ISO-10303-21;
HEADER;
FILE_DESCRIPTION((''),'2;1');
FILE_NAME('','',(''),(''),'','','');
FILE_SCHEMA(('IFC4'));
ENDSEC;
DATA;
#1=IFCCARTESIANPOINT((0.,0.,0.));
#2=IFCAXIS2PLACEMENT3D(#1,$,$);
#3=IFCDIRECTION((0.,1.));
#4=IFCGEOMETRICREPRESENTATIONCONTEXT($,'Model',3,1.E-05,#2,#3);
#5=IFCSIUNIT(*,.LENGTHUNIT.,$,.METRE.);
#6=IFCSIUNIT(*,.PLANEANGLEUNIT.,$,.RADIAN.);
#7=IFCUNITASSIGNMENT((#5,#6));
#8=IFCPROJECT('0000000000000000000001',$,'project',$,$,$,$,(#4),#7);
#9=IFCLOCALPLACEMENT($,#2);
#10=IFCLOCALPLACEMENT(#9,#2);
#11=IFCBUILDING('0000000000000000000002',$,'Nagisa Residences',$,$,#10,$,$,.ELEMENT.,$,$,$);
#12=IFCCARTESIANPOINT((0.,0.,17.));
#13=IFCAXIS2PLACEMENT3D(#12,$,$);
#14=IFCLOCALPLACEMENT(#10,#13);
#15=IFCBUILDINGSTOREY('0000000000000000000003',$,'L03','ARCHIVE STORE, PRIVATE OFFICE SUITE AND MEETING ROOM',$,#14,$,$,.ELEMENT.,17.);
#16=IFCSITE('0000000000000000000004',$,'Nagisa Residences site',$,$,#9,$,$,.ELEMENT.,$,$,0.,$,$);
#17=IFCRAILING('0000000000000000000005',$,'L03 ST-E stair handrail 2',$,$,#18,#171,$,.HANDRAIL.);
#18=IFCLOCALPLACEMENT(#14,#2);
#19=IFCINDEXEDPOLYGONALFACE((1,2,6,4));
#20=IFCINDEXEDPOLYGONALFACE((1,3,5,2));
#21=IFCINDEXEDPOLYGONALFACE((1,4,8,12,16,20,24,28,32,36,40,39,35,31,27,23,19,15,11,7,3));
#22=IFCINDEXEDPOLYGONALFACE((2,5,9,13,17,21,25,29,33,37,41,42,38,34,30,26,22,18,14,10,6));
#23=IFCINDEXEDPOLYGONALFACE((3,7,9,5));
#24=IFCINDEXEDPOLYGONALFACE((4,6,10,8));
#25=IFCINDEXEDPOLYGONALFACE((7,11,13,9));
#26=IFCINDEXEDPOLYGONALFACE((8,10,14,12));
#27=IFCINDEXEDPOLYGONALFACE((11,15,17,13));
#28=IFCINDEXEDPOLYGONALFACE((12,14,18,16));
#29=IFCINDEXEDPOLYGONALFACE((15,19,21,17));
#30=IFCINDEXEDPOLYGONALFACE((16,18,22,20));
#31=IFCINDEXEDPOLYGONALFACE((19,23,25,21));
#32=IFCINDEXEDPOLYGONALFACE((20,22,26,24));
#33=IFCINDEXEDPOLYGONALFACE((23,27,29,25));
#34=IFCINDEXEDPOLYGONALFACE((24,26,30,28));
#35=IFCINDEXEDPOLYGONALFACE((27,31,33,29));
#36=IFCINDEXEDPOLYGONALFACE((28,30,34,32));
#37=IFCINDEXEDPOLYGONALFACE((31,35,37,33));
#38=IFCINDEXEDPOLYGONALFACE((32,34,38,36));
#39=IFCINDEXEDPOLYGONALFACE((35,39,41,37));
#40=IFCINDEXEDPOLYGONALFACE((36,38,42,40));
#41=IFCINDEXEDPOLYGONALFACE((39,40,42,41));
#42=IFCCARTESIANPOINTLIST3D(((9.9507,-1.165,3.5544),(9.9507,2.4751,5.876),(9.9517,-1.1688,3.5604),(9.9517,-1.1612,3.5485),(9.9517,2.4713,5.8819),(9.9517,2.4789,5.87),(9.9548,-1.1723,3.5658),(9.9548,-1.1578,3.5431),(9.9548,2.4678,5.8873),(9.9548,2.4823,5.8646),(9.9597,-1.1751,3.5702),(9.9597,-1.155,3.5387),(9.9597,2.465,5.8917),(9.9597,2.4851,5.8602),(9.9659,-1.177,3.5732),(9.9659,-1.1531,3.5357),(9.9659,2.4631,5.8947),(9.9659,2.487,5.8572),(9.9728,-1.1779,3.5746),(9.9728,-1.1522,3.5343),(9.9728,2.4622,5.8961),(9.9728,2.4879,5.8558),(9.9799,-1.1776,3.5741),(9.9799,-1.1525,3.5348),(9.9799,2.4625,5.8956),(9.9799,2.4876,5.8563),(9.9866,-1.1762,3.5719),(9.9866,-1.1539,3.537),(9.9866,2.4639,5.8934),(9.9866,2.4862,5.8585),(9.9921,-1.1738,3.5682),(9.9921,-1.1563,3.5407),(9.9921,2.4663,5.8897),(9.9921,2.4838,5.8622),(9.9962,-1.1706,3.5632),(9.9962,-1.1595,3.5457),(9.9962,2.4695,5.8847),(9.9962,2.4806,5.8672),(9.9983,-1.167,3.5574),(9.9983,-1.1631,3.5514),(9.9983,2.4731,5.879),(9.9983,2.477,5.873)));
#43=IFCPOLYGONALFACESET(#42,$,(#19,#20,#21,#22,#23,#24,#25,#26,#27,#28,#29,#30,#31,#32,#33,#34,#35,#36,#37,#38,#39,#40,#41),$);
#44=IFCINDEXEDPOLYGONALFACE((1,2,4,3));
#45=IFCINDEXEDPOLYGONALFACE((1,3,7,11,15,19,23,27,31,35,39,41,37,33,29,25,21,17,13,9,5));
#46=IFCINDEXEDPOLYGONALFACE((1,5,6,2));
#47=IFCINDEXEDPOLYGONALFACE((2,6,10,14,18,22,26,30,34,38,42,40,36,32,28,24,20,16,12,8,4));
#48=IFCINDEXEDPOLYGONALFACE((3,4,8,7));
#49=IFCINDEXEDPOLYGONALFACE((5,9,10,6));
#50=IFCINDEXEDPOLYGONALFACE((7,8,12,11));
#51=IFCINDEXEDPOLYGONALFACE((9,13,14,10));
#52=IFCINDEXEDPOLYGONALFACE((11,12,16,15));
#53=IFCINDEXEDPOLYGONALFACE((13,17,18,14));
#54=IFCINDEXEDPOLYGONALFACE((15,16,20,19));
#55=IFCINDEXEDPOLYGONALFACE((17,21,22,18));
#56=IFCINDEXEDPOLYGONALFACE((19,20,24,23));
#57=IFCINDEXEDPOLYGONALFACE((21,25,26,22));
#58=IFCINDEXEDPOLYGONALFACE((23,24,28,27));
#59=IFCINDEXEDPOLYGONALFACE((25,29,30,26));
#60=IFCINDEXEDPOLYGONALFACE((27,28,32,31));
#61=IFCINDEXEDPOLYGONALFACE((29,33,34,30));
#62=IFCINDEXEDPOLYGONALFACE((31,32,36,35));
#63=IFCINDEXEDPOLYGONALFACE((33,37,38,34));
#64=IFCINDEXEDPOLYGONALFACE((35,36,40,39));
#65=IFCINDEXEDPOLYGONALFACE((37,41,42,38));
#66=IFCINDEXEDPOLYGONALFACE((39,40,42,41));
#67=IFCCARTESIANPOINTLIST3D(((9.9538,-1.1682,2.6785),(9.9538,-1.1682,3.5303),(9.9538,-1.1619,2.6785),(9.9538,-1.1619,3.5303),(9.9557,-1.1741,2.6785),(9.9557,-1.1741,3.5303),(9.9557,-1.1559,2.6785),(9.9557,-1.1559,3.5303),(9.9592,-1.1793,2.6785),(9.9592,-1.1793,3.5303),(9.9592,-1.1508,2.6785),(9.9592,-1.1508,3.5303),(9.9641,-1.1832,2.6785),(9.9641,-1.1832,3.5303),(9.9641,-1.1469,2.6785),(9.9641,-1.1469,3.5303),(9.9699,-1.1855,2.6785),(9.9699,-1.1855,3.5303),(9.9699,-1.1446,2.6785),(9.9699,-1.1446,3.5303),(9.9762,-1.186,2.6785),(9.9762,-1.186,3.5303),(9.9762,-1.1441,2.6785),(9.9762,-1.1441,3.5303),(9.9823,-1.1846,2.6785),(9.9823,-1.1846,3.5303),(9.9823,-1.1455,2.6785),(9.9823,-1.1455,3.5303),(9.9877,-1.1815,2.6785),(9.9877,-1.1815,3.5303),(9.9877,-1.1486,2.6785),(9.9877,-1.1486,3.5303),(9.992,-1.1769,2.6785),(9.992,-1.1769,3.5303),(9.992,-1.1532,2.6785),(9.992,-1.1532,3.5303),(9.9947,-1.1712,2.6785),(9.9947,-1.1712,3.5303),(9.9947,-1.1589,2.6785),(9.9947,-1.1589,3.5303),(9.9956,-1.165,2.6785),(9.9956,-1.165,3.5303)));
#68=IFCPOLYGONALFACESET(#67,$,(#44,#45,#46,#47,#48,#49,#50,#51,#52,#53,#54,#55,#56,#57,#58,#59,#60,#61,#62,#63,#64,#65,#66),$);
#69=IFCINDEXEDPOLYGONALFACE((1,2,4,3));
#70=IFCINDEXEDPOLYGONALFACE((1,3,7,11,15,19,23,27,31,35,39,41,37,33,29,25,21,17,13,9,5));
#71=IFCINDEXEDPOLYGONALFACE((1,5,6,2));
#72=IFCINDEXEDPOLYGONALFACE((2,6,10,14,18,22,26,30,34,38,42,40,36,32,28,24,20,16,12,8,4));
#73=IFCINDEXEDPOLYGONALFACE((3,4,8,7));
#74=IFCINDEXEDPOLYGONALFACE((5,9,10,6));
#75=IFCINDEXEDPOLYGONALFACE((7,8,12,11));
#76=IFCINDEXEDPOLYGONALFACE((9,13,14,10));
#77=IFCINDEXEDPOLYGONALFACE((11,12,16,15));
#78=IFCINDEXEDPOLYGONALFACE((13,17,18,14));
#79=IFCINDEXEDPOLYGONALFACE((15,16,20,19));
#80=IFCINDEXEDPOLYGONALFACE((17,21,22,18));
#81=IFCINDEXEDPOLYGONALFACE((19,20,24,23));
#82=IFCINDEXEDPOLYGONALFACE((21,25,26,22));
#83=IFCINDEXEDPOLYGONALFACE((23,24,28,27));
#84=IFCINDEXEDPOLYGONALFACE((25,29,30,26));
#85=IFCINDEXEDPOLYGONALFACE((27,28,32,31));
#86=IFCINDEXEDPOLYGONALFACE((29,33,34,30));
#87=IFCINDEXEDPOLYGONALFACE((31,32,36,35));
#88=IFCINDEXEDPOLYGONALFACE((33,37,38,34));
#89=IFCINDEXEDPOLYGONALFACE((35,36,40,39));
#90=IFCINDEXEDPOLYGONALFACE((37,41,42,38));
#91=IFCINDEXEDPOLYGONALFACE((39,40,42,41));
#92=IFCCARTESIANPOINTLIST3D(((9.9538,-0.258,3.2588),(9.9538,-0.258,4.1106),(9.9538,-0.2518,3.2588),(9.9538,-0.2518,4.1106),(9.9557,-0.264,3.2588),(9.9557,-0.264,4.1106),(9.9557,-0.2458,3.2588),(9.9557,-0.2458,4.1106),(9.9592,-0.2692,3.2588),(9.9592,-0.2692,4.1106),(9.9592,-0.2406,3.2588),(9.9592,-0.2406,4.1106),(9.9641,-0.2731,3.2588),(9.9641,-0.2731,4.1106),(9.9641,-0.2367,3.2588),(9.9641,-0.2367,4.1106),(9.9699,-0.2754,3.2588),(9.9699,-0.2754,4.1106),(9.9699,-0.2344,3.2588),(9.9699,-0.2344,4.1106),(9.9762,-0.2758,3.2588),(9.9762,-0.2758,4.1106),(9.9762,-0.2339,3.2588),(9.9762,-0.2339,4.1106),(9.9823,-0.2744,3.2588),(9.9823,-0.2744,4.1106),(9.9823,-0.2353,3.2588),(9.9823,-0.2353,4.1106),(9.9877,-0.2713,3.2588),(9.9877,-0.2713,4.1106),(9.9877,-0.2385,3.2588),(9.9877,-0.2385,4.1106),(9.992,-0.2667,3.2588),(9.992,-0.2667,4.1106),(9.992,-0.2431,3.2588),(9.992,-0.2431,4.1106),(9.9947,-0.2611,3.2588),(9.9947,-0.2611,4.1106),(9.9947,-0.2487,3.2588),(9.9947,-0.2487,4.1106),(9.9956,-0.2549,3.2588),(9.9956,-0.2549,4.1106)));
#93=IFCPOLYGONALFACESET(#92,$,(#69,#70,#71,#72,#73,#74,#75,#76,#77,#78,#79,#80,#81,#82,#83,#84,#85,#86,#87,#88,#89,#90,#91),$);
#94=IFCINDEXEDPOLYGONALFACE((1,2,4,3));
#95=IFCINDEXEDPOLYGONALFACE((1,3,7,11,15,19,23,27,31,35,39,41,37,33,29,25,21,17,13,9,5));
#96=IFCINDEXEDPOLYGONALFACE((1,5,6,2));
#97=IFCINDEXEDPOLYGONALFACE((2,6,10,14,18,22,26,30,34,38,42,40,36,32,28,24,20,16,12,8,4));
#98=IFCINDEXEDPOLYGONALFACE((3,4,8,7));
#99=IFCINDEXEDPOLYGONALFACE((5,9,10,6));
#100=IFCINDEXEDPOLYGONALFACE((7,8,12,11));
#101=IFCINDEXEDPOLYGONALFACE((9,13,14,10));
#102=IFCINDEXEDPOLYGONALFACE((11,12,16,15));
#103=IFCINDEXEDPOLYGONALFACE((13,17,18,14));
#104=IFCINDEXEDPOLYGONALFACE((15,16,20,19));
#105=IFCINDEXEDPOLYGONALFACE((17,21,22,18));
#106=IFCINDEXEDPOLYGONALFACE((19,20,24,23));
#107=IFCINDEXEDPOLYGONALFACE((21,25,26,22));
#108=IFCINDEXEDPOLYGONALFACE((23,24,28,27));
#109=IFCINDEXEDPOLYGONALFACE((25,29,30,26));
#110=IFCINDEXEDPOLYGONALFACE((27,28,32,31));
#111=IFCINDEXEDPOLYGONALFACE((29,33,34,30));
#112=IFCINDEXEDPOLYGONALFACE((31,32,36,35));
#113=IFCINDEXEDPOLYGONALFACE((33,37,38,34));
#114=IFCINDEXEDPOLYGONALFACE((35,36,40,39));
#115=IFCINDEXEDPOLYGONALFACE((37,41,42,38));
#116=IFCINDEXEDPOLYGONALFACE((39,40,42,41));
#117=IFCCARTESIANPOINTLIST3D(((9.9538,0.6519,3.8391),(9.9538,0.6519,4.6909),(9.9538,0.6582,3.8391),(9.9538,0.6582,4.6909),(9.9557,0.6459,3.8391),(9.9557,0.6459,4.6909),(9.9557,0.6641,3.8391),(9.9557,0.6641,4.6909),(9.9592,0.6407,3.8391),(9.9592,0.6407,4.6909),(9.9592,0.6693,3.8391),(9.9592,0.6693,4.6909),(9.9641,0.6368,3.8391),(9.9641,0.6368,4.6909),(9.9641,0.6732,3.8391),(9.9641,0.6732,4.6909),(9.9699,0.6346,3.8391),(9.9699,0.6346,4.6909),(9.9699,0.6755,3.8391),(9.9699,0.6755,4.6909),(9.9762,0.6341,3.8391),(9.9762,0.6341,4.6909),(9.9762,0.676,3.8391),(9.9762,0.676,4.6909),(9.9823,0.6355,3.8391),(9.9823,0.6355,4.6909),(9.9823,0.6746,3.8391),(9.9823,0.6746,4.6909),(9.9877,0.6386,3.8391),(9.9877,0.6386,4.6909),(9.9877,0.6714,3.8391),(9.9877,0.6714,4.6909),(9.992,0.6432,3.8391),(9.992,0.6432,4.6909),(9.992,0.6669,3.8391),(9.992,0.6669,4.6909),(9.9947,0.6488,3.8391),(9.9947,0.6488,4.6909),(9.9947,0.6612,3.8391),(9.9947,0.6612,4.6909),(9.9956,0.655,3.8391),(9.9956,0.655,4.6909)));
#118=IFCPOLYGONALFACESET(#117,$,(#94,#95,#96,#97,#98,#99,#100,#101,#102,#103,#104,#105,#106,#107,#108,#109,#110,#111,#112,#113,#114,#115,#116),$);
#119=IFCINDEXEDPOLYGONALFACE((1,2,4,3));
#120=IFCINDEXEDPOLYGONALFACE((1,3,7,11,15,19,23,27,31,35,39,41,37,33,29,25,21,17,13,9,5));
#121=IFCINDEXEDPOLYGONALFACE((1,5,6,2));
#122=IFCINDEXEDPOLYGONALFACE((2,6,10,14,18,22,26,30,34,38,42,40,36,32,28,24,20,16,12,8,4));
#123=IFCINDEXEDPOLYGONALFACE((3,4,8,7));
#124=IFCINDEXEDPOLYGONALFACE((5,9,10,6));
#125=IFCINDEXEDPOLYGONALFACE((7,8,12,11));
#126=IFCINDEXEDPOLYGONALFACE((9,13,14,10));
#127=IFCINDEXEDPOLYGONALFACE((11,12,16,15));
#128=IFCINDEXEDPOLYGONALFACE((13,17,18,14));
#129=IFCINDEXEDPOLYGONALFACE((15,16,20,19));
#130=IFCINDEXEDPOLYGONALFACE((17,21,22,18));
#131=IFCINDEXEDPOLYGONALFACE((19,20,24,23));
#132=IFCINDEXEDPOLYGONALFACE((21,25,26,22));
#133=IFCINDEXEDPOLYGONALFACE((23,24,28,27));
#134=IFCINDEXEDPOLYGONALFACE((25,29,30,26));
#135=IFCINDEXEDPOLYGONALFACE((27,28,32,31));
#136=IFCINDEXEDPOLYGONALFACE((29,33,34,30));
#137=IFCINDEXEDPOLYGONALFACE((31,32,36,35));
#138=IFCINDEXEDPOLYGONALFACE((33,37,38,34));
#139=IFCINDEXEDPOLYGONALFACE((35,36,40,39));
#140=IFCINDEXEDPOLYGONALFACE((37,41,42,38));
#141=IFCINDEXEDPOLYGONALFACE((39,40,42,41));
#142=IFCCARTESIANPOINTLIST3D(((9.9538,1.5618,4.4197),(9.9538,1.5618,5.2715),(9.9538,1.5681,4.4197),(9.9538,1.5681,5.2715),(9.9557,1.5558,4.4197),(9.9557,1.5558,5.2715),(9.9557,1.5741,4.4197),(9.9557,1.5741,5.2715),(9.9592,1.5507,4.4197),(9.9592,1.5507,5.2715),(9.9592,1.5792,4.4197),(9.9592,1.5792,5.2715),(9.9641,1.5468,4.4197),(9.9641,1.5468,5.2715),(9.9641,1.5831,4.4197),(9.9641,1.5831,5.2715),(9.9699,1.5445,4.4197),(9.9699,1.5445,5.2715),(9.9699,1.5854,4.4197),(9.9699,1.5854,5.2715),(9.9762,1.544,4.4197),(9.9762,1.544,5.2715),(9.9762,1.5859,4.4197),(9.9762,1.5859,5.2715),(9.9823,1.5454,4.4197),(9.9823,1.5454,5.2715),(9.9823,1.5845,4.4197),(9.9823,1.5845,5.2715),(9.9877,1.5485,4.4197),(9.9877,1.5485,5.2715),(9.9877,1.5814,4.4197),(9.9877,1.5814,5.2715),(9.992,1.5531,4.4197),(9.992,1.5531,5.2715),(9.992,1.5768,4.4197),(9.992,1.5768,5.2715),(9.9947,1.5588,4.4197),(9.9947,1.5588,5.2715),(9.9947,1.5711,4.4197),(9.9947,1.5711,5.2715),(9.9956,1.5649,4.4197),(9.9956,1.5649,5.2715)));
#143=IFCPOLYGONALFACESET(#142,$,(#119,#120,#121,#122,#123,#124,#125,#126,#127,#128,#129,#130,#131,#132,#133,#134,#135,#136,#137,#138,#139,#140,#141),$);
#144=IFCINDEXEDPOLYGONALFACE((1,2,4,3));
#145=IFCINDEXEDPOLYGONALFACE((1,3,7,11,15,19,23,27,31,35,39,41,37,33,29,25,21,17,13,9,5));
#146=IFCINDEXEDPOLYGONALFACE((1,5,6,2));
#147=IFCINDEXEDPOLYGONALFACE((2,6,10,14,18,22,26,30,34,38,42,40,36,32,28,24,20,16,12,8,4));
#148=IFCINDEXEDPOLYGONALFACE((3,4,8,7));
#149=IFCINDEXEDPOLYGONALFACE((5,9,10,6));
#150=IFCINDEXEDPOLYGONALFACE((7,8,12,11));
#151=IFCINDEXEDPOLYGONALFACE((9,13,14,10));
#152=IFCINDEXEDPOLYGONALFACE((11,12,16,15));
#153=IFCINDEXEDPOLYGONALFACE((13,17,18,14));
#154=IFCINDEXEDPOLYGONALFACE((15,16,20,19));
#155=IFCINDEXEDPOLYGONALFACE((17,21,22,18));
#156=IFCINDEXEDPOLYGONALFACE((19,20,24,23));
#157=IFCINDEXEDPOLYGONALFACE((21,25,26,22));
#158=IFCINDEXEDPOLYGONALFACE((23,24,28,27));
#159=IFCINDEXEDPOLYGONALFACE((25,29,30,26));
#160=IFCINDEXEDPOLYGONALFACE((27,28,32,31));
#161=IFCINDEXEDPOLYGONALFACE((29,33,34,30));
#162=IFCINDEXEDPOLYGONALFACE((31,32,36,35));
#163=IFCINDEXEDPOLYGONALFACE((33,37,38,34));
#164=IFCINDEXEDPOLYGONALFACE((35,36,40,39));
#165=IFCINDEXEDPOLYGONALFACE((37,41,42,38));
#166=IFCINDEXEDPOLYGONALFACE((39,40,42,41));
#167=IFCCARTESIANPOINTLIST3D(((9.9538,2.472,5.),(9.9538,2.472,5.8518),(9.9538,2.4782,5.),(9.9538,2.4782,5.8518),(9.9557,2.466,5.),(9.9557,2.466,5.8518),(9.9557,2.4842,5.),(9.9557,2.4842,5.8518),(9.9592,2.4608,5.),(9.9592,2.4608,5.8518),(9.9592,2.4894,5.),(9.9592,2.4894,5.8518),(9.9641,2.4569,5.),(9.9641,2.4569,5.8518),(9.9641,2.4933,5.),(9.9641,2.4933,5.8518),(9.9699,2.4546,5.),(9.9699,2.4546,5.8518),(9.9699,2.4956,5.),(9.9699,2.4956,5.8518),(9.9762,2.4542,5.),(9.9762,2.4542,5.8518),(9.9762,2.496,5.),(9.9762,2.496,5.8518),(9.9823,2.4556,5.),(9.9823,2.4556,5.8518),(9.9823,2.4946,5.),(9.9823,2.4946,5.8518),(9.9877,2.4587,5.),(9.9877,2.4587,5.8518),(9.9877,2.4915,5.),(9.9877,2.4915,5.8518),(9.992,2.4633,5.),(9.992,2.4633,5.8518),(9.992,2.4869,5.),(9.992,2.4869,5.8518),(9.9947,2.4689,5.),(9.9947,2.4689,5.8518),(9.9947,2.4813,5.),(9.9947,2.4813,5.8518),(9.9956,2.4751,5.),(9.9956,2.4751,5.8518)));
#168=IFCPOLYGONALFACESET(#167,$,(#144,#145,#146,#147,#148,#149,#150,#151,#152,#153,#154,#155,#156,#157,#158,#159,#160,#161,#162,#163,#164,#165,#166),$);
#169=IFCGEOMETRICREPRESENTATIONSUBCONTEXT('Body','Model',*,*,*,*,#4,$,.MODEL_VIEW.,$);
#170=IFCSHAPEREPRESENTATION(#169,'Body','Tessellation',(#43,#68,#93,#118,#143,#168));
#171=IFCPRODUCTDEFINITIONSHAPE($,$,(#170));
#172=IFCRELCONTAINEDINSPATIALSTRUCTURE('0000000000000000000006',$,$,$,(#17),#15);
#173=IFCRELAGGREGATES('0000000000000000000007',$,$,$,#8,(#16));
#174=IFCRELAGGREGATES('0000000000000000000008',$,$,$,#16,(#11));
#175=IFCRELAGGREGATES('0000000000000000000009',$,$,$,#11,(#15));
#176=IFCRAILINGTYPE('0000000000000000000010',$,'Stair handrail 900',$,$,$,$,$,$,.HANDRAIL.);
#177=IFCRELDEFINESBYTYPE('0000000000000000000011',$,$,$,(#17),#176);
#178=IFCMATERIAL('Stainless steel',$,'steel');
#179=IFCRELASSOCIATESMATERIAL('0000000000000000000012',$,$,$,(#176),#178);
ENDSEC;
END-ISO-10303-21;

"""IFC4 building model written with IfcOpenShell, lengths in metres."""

from ifc_helpers import new_model, si_unit, direction, frame, origin, origin_2d, place, context, subcontext, project, spatial, circle, extrude, material, type_object, element, save


model = new_model("IFC4")

# Units and contexts
model_context = context("Model", 3, precision=1e-05, world=origin(), true_north=direction((0.0, 1.0)))
body_context = subcontext(model_context, "Body", "Model", "MODEL_VIEW")
ifc_project = project(units=[si_unit("LENGTHUNIT", "METRE"), si_unit("PLANEANGLEUNIT", "RADIAN")], contexts=[model_context])

# Site, building, storey
site_placement = place(None, origin())
site = spatial("IfcSite", under=ifc_project, at=site_placement, Name="Nagisa Residences site", CompositionType="ELEMENT", RefElevation=0.0)
building_placement = place(site_placement, origin())
building = spatial("IfcBuilding", under=site, at=building_placement, Name="Nagisa Residences", CompositionType="ELEMENT")
storey_placement = place(building_placement, frame((0.0, 0.0, 17.0)))
storey = spatial("IfcBuildingStorey", under=building, at=storey_placement, Name="L03", Description="ARCHIVE STORE, PRIVATE OFFICE SUITE AND MEETING ROOM", CompositionType="ELEMENT", Elevation=17.0)

# Railing
ifc_material_1 = material(Name="Stainless steel", Category="steel")
railing_type = type_object("IfcRailingType", Name="Stair handrail 900", PredefinedType="HANDRAIL", material=ifc_material_1)
railing_placement = place(storey_placement, frame((9.9746, -1.165, 2.6785)))
element("IfcRailing", 1, at=railing_placement, inside=storey, type_object=railing_type, Name="L03 ST-E stair handrail 2", PredefinedType="HANDRAIL", context=body_context, shape_type="SweptSolid", body=[
    extrude(circle(Radius=0.0239, at=origin_2d()), frame((0.0, 0.0, 0.876), z_axis=(0.0, 0.843128, 0.537713), x_axis=(-1.0, 0.0, 0.0)), (0.0, 0.0, 1.0), 4.3174),
    extrude(circle(Radius=0.021, at=origin_2d()), origin(), (0.0, 0.0, 1.0), 0.8518),
    extrude(circle(Radius=0.021, at=origin_2d()), frame((0.0, 0.9102, 0.5803)), (0.0, 0.0, 1.0), 0.8518),
    extrude(circle(Radius=0.021, at=origin_2d()), frame((0.0, 1.8201, 1.1606)), (0.0, 0.0, 1.0), 0.8518),
    extrude(circle(Radius=0.021, at=origin_2d()), frame((0.0, 2.73, 1.7412)), (0.0, 0.0, 1.0), 0.8518),
    extrude(circle(Radius=0.021, at=origin_2d()), frame((0.0, 3.6401, 2.3215)), (0.0, 0.0, 1.0), 0.8518),
])

save(model, "model.ifc")
